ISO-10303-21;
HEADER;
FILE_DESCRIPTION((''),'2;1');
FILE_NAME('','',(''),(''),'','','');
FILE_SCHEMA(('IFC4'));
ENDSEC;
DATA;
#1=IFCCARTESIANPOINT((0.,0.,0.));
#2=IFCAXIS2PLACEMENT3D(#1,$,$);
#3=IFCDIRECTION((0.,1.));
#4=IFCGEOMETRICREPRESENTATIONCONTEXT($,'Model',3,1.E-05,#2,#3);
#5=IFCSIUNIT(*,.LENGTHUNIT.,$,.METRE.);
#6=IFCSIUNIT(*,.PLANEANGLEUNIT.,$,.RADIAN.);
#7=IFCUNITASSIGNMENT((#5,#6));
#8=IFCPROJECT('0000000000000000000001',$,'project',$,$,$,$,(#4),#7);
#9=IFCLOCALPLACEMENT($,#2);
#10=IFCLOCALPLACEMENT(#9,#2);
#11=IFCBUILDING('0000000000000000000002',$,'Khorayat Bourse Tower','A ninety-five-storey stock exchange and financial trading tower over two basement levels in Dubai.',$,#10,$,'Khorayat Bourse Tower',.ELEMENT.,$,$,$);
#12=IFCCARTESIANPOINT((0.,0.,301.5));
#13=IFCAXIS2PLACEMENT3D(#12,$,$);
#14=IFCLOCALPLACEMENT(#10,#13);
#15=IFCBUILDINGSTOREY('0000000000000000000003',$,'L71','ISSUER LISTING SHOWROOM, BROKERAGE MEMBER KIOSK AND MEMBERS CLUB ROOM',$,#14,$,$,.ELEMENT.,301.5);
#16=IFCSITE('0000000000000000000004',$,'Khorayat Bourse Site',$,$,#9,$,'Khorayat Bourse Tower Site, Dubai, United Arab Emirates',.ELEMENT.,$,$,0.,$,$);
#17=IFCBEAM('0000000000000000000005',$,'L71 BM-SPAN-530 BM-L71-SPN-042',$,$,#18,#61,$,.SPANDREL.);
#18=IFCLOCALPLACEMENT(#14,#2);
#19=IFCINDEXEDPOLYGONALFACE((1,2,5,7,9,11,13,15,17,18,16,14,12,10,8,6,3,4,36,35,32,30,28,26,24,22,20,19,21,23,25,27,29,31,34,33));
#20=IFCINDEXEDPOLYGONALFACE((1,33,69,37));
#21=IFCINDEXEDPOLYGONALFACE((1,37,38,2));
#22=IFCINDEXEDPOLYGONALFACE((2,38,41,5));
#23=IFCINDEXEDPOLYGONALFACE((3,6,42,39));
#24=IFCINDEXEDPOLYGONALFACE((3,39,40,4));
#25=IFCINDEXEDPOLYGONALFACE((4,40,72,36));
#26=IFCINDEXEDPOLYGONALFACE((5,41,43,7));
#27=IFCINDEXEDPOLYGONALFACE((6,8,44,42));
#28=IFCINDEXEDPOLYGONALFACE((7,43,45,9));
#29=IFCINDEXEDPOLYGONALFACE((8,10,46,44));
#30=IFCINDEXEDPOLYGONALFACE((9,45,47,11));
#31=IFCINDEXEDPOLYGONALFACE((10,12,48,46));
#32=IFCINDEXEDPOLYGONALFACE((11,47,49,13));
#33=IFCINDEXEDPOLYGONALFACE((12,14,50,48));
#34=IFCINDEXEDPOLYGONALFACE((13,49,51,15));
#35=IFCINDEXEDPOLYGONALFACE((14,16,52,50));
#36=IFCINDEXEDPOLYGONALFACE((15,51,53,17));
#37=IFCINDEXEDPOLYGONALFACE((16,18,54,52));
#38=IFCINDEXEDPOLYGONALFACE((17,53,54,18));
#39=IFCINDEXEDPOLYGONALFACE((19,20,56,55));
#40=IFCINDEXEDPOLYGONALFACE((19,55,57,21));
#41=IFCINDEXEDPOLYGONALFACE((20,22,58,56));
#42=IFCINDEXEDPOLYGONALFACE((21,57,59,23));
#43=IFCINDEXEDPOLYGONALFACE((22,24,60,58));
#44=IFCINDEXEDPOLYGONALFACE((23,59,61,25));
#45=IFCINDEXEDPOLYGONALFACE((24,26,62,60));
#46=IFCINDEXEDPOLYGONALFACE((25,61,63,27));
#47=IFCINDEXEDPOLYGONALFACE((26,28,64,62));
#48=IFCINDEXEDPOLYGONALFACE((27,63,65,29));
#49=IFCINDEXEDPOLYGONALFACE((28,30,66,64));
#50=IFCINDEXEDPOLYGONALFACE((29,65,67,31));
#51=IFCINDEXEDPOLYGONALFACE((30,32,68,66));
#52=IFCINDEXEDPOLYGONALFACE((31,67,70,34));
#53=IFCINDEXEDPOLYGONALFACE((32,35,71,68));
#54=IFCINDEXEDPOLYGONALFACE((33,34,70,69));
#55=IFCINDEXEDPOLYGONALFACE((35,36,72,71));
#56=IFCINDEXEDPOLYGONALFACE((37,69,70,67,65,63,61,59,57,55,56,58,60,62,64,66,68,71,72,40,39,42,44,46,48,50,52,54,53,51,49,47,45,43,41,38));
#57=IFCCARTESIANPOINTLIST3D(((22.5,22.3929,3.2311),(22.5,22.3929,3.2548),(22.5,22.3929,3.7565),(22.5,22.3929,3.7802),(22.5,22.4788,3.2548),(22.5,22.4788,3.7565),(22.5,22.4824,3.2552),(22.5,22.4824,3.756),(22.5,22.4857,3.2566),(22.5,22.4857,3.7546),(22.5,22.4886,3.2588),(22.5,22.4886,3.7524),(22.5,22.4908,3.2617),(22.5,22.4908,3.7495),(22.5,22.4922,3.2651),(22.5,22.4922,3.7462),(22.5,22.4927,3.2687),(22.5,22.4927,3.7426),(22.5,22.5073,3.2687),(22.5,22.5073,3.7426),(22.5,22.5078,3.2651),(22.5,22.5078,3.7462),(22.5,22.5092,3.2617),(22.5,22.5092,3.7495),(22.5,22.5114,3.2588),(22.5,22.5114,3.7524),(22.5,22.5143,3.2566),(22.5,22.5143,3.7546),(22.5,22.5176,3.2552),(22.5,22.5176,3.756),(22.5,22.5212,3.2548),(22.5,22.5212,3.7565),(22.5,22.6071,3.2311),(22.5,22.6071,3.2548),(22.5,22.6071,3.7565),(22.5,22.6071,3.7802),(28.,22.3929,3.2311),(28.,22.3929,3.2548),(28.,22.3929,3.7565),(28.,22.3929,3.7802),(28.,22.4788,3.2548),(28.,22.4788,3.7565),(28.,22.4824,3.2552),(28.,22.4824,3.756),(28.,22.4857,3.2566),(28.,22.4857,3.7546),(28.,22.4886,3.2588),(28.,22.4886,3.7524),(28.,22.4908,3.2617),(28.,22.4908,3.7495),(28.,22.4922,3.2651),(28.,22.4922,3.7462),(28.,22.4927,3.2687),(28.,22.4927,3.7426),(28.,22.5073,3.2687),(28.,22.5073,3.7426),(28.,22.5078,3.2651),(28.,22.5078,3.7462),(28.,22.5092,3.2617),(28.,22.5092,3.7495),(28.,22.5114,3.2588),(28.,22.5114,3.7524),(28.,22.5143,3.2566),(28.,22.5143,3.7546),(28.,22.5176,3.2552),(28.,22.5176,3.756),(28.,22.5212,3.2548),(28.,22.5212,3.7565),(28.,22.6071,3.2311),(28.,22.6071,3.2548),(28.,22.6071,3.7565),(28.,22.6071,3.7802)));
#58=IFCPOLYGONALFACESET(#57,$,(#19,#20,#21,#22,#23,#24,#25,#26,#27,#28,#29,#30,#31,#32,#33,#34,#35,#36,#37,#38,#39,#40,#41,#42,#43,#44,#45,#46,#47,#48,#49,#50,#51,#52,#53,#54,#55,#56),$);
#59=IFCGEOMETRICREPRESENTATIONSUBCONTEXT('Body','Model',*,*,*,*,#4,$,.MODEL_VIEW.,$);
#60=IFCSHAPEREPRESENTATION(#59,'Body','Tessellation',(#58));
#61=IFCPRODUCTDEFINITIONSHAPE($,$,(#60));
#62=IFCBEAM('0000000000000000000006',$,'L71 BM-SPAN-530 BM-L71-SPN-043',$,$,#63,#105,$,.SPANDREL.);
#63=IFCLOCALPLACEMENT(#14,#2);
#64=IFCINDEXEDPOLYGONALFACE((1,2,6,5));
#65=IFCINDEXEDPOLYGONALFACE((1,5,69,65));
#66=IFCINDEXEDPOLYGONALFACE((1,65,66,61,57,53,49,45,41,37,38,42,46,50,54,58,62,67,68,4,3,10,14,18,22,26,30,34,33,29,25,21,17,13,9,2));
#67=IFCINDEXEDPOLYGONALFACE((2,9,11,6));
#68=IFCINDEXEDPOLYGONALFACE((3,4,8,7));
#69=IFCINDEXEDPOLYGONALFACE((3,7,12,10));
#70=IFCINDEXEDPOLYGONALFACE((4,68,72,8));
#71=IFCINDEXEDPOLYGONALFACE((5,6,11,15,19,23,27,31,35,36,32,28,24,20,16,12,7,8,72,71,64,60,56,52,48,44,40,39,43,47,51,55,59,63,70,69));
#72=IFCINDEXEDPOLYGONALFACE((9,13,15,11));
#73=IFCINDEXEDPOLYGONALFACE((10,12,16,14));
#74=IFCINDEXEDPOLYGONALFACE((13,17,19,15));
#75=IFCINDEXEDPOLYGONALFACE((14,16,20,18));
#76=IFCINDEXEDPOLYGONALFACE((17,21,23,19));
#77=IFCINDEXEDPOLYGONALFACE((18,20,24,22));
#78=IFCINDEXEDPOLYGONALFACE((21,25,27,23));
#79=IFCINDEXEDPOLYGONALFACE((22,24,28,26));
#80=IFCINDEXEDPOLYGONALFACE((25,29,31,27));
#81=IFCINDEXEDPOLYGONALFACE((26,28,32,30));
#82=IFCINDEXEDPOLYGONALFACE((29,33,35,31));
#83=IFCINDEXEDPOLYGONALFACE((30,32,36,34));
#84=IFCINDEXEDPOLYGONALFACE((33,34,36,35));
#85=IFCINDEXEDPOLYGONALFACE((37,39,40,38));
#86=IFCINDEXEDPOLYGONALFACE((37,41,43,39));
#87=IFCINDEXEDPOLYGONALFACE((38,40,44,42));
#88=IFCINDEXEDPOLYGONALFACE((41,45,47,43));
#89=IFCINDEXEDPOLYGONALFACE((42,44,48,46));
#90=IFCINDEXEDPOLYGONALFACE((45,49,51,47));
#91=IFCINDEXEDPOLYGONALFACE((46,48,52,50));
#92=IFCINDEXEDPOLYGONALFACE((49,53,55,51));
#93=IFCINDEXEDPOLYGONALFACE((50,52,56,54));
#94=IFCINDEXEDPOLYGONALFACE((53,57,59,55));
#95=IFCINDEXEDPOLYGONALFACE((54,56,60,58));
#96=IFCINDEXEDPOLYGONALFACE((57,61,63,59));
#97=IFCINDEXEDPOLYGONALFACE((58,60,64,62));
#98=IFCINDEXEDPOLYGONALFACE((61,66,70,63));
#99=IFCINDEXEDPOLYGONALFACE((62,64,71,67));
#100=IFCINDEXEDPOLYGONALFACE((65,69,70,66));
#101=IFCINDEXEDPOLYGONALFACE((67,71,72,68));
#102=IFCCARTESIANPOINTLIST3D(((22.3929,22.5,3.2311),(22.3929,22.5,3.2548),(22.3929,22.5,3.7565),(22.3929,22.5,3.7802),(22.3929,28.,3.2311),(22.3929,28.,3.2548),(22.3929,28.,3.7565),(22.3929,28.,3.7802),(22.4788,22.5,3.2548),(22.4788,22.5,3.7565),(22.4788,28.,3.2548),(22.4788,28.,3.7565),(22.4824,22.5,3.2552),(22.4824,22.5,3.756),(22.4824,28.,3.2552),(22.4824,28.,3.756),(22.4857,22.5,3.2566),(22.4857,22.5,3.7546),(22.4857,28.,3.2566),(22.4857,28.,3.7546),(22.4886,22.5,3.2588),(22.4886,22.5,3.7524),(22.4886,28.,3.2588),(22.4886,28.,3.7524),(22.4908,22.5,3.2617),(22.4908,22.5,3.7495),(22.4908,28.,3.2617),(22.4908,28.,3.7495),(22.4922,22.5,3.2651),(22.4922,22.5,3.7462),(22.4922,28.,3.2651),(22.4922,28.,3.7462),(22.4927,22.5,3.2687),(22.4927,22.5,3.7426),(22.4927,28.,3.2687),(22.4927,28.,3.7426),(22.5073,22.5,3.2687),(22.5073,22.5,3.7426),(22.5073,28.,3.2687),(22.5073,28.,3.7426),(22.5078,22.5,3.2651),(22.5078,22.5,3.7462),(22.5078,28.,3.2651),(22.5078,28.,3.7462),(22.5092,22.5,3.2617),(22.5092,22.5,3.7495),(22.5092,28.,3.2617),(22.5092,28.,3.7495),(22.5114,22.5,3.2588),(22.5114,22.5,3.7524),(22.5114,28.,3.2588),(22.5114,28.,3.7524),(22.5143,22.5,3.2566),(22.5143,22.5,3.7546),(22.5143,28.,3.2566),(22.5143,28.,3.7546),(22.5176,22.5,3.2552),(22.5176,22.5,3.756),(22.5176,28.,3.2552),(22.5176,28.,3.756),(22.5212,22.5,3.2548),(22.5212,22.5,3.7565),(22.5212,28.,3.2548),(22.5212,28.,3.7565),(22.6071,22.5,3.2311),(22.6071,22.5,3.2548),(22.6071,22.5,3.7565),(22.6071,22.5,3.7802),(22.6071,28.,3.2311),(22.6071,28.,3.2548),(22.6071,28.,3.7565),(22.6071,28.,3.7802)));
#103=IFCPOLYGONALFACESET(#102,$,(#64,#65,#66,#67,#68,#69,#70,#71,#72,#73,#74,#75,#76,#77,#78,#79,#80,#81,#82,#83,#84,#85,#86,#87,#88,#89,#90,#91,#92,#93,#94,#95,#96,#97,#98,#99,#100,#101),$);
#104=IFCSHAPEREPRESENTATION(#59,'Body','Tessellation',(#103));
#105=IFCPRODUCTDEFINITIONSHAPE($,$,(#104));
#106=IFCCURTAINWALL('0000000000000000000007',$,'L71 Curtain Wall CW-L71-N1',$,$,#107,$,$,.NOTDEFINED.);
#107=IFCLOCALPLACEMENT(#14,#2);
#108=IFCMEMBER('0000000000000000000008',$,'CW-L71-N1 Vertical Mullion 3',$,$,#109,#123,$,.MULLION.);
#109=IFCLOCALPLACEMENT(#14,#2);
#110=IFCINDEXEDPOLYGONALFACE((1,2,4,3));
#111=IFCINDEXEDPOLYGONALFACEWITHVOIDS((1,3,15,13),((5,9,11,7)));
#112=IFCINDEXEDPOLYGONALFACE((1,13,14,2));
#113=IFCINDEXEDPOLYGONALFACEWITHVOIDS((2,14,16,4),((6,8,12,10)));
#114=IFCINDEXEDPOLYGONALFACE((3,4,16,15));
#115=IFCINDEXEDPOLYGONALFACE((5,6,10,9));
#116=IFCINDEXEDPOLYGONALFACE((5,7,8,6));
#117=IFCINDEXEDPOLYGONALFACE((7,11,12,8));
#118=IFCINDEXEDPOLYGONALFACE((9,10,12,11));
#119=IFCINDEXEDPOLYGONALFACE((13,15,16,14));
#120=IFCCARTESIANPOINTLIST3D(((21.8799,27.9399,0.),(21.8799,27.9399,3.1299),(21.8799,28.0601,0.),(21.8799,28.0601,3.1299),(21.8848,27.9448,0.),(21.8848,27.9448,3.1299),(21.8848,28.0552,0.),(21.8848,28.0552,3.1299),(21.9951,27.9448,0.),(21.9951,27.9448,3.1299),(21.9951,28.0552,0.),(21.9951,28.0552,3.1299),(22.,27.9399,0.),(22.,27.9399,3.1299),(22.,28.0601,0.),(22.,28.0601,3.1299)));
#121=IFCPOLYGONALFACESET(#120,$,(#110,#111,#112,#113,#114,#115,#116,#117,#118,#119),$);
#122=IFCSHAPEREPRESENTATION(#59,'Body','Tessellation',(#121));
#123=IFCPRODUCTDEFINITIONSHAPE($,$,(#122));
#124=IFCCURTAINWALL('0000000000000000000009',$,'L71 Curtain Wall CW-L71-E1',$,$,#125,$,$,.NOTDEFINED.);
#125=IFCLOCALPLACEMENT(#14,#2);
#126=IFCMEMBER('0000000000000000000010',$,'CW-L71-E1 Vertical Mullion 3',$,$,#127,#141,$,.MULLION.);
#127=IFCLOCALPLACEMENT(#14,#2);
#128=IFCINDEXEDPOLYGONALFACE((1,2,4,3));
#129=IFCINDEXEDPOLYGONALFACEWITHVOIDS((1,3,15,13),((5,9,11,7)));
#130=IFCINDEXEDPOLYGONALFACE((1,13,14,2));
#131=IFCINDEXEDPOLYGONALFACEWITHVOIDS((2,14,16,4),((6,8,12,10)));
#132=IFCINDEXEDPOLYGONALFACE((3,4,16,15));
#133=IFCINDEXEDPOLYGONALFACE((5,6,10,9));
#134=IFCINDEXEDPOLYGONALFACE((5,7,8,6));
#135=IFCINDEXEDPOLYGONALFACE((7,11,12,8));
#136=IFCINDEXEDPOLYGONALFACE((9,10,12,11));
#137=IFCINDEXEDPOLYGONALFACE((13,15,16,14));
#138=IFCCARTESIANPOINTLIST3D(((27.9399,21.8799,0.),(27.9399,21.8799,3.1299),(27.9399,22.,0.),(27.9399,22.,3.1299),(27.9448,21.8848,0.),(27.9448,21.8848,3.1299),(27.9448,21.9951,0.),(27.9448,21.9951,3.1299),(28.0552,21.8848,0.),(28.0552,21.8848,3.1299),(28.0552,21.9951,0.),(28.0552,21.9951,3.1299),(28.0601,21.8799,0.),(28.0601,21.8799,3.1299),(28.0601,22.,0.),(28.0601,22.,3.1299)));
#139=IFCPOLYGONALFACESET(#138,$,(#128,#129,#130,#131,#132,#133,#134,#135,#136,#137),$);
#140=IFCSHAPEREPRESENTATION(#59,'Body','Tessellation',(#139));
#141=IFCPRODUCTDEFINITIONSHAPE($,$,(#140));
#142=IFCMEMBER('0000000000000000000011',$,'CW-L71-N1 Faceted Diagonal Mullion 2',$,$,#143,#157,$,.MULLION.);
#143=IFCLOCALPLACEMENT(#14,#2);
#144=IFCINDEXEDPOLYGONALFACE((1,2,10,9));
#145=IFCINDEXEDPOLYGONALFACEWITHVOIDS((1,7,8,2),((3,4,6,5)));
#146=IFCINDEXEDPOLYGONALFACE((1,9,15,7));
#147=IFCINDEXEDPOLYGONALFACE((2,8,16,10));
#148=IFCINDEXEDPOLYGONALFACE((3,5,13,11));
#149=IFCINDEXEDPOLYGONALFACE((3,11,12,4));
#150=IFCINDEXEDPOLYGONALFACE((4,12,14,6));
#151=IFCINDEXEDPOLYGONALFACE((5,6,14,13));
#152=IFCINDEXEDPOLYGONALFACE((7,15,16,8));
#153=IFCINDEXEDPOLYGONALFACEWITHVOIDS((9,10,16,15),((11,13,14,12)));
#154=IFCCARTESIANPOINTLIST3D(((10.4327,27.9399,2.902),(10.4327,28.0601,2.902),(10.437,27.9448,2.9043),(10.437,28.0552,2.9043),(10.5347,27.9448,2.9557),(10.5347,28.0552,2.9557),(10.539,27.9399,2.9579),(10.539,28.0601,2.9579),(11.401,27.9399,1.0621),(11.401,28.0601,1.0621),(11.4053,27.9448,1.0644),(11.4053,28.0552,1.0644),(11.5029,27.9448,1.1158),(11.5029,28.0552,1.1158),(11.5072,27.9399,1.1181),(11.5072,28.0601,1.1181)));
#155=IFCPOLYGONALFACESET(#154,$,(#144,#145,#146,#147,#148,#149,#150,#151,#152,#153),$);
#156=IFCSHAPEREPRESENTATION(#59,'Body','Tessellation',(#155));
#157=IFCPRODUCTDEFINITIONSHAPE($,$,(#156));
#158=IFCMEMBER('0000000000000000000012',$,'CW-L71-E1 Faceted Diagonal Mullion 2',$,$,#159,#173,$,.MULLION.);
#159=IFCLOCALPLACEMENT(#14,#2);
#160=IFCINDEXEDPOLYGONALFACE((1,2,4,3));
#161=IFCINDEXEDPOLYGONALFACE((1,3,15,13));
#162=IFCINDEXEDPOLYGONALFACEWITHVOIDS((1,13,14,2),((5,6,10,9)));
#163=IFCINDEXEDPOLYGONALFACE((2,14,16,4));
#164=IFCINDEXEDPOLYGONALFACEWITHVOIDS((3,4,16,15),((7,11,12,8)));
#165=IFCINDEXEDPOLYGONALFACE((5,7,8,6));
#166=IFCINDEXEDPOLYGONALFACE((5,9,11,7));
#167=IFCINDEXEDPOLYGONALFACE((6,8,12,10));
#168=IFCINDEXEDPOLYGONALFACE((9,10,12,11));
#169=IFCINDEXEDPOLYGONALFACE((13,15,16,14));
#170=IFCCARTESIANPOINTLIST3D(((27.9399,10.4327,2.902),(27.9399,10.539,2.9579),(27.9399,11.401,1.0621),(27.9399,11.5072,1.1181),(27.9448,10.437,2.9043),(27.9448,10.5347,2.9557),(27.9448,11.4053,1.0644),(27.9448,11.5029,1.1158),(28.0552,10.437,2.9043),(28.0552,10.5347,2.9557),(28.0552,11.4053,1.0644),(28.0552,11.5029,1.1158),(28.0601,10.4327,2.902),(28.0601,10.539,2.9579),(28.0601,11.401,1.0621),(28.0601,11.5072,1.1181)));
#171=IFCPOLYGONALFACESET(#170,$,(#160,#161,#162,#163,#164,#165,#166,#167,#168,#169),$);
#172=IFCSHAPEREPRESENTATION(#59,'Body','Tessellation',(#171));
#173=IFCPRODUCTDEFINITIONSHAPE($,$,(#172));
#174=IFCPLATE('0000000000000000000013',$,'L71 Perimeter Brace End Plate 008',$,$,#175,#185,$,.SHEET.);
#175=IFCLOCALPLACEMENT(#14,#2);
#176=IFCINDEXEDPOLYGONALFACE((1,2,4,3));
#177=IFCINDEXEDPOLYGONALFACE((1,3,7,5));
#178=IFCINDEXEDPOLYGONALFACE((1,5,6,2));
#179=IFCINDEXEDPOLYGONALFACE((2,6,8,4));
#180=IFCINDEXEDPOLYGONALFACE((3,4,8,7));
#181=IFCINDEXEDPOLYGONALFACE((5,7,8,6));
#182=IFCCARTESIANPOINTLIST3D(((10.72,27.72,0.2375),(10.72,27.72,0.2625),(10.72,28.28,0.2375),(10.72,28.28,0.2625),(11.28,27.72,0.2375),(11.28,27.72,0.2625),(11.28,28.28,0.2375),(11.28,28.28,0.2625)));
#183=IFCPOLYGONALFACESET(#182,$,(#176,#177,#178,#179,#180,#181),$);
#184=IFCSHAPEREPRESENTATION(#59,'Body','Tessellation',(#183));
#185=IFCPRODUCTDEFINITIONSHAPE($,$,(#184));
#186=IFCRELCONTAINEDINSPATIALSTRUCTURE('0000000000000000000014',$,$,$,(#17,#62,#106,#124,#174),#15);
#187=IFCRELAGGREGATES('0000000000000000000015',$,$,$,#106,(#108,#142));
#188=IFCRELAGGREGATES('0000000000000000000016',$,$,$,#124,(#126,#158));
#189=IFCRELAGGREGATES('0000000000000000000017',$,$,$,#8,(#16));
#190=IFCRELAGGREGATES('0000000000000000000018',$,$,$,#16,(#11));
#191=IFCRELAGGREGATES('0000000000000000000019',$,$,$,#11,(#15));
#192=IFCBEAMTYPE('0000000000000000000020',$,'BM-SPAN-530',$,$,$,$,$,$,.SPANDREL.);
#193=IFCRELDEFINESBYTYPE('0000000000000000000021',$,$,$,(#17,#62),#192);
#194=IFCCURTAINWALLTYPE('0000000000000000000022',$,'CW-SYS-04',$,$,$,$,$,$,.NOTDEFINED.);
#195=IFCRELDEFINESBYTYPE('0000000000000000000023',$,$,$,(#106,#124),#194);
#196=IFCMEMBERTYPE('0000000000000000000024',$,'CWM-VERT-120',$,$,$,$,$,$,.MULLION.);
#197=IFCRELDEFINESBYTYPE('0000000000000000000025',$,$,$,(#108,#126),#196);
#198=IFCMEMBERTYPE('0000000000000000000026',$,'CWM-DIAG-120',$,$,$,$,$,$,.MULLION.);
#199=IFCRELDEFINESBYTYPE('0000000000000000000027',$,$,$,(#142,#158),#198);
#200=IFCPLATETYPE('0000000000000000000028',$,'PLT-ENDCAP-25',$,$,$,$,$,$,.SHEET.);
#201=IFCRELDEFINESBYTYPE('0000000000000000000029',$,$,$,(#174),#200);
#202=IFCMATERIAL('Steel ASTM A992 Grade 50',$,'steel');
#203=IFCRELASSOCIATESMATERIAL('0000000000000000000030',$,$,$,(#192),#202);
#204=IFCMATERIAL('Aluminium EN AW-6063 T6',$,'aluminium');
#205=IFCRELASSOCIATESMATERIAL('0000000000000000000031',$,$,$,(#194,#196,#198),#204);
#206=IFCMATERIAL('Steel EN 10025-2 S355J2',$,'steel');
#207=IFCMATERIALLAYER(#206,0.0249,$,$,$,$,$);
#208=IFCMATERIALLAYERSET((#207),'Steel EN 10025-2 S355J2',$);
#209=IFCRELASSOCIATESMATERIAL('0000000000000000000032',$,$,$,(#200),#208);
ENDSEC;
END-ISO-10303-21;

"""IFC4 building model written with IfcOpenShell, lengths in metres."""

from ifc_helpers import new_model, si_unit, direction, frame, origin, origin_2d, place, context, subcontext, project, spatial, rectangle, hollow_rectangle, i_section, extrude, source, transform, mapped, material, layer, layer_set, material_profile, profile_set, type_object, element, aggregate, save


model = new_model("IFC4")

# Units and contexts
model_context = context("Model", 3, precision=1e-05, world=origin(), true_north=direction((0.0, 1.0)))
body_context = subcontext(model_context, "Body", "Model", "MODEL_VIEW")
ifc_project = project(units=[si_unit("LENGTHUNIT", "METRE"), si_unit("PLANEANGLEUNIT", "RADIAN")], contexts=[model_context])

# Site, building, storey
site_placement = place(None, origin())
site = spatial("IfcSite", under=ifc_project, at=site_placement, Name="Khorayat Bourse Site", LongName="Khorayat Bourse Tower Site, Dubai, United Arab Emirates", CompositionType="ELEMENT", RefElevation=0.0)
building_placement = place(site_placement, origin())
building = spatial("IfcBuilding", under=site, at=building_placement, Name="Khorayat Bourse Tower", Description="A ninety-five-storey stock exchange and financial trading tower over two basement levels in Dubai.", LongName="Khorayat Bourse Tower", CompositionType="ELEMENT")
storey_placement = place(building_placement, frame((0.0, 0.0, 301.5)))
storey = spatial("IfcBuildingStorey", under=building, at=storey_placement, Name="L71", Description="ISSUER LISTING SHOWROOM, BROKERAGE MEMBER KIOSK AND MEMBERS CLUB ROOM", CompositionType="ELEMENT", Elevation=301.5)

# Beams
ifc_material_1 = material(Name="Steel ASTM A992 Grade 50", Category="steel")
ifc_material_profile_1 = material_profile(ifc_material_1, i_section(OverallWidth=0.2141, OverallDepth=0.5491, WebThickness=0.0146, FlangeThickness=0.0237, FilletRadius=0.0139, at=origin_2d()), Name="W530X138")
ifc_profile_set_1 = profile_set([ifc_material_profile_1], Name="Steel ASTM A992 Grade 50")
beam_type_1 = type_object("IfcBeamType", Name="BM-SPAN-530", PredefinedType="SPANDREL", material=ifc_profile_set_1)
shared_shape_1 = source(origin(), body_context, "Body", "SweptSolid", [
    extrude(i_section(OverallWidth=0.2141, OverallDepth=0.5491, WebThickness=0.0146, FlangeThickness=0.0237, FilletRadius=0.0139, at=origin_2d()), origin(), (0.0, 0.0, 1.0), 5.5),
])
for number, where, z_axis, x_axis, name in (
    (1, (22.5, 22.5, 3.5056), (1.0, 0.0, 0.0), (0.0, 1.0, 0.0), "L71 BM-SPAN-530 BM-L71-SPN-042"),
    (2, (22.5, 22.5, 3.5056), (0.0, 1.0, 0.0), (-1.0, 0.0, 0.0), "L71 BM-SPAN-530 BM-L71-SPN-043"),
):
    element("IfcBeam", number, at=place(storey_placement, frame(where, z_axis=z_axis, x_axis=x_axis)), inside=storey, type_object=beam_type_1, Name=name, PredefinedType="SPANDREL", context=body_context, shape_type="MappedRepresentation", body=[
        mapped(shared_shape_1, transform((0.0, 0.0, 0.0), scale=1.0)),
    ])

# Curtain walls, members
ifc_material_2 = material(Name="Aluminium EN AW-6063 T6", Category="aluminium")
curtain_wall_type = type_object("IfcCurtainWallType", Name="CW-SYS-04", PredefinedType="NOTDEFINED", material=ifc_material_2)
curtain_wall_1_placement = place(storey_placement, origin())
curtain_wall_1 = element("IfcCurtainWall", 3, at=curtain_wall_1_placement, inside=storey, type_object=curtain_wall_type, Name="L71 Curtain Wall CW-L71-N1", PredefinedType="NOTDEFINED")
ifc_material_profile_2 = material_profile(ifc_material_2, hollow_rectangle(XDim=0.1201, YDim=0.1201, WallThickness=0.0049, at=origin_2d()), Name="ALU 120x120x5")
ifc_profile_set_2 = profile_set([ifc_material_profile_2], Name="Aluminium EN AW-6063 T6")
member_type_1 = type_object("IfcMemberType", Name="CWM-VERT-120", PredefinedType="MULLION", material=ifc_profile_set_2)
shared_shape_2 = source(origin(), body_context, "Body", "SweptSolid", [
    extrude(hollow_rectangle(XDim=0.1201, YDim=0.1201, WallThickness=0.0049, at=origin_2d()), origin(), (0.0, 0.0, 1.0), 3.1299),
])
member_1_placement = place(storey_placement, frame((21.9399, 28.0, 0.0), z_axis=(0.0, 0.0, 1.0), x_axis=(0.0, 1.0, 0.0)))
member_1 = element("IfcMember", 4, at=member_1_placement, type_object=member_type_1, Name="CW-L71-N1 Vertical Mullion 3", PredefinedType="MULLION", context=body_context, shape_type="MappedRepresentation", body=[
    mapped(shared_shape_2, transform((0.0, 0.0, 0.0), scale=1.0)),
])
curtain_wall_2_placement = place(storey_placement, origin())
curtain_wall_2 = element("IfcCurtainWall", 5, at=curtain_wall_2_placement, inside=storey, type_object=curtain_wall_type, Name="L71 Curtain Wall CW-L71-E1", PredefinedType="NOTDEFINED")
member_2_placement = place(storey_placement, frame((28.0, 21.9399, 0.0), z_axis=(0.0, 0.0, 1.0), x_axis=(-1.0, 0.0, 0.0)))
member_2 = element("IfcMember", 6, at=member_2_placement, type_object=member_type_1, Name="CW-L71-E1 Vertical Mullion 3", PredefinedType="MULLION", context=body_context, shape_type="MappedRepresentation", body=[
    mapped(shared_shape_2, transform((0.0, 0.0, 0.0), scale=1.0)),
])

# Members
ifc_material_profile_3 = material_profile(ifc_material_2, hollow_rectangle(XDim=0.1201, YDim=0.1201, WallThickness=0.0049, at=origin_2d()), Name="ALU 120x120x5")
ifc_profile_set_3 = profile_set([ifc_material_profile_3], Name="Aluminium EN AW-6063 T6")
member_type_2 = type_object("IfcMemberType", Name="CWM-DIAG-120", PredefinedType="MULLION", material=ifc_profile_set_3)
shared_shape_3 = source(origin(), body_context, "Body", "SweptSolid", [
    extrude(hollow_rectangle(XDim=0.1201, YDim=0.1201, WallThickness=0.0049, at=origin_2d()), origin(), (0.0, 0.0, 1.0), 2.0791),
])
member_3_placement = place(storey_placement, frame((11.4541, 28.0, 1.0901), z_axis=(-0.465717, 0.0, 0.884934), x_axis=(0.0, -1.0, 0.0)))
member_3 = element("IfcMember", 7, at=member_3_placement, type_object=member_type_2, Name="CW-L71-N1 Faceted Diagonal Mullion 2", PredefinedType="MULLION", context=body_context, shape_type="MappedRepresentation", body=[
    mapped(shared_shape_3, transform((0.0, 0.0, 0.0), scale=1.0)),
])
aggregate(curtain_wall_1, [member_1, member_3])
member_4_placement = place(storey_placement, frame((28.0, 11.4541, 1.0901), z_axis=(0.0, -0.465717, 0.884934), x_axis=(1.0, 0.0, 0.0)))
member_4 = element("IfcMember", 8, at=member_4_placement, type_object=member_type_2, Name="CW-L71-E1 Faceted Diagonal Mullion 2", PredefinedType="MULLION", context=body_context, shape_type="MappedRepresentation", body=[
    mapped(shared_shape_3, transform((0.0, 0.0, 0.0), scale=1.0)),
])
aggregate(curtain_wall_2, [member_2, member_4])

# Plate
ifc_material_3 = material(Name="Steel EN 10025-2 S355J2", Category="steel")
ifc_layer_1 = layer(ifc_material_3, 0.0249)
ifc_layer_set_1 = layer_set([ifc_layer_1], Name="Steel EN 10025-2 S355J2")
plate_type = type_object("IfcPlateType", Name="PLT-ENDCAP-25", PredefinedType="SHEET", material=ifc_layer_set_1)
shared_shape_4 = source(origin(), body_context, "Body", "SweptSolid", [
    extrude(rectangle(XDim=0.5601, YDim=0.5601, at=origin_2d()), origin(), (0.0, 0.0, 1.0), 0.0249),
])
for number, where, z_axis, x_axis, name in (
    (9, (11.0, 28.0, 0.2375), (0.0, 0.0, 1.0), (1.0, 0.0, 0.0), "L71 Perimeter Brace End Plate 008"),
):
    element("IfcPlate", number, at=place(storey_placement, frame(where, z_axis=z_axis, x_axis=x_axis)), inside=storey, type_object=plate_type, Name=name, PredefinedType="SHEET", context=body_context, shape_type="MappedRepresentation", body=[
        mapped(shared_shape_4, transform((0.0, 0.0, 0.0), scale=1.0)),
    ])

save(model, "model.ifc")
